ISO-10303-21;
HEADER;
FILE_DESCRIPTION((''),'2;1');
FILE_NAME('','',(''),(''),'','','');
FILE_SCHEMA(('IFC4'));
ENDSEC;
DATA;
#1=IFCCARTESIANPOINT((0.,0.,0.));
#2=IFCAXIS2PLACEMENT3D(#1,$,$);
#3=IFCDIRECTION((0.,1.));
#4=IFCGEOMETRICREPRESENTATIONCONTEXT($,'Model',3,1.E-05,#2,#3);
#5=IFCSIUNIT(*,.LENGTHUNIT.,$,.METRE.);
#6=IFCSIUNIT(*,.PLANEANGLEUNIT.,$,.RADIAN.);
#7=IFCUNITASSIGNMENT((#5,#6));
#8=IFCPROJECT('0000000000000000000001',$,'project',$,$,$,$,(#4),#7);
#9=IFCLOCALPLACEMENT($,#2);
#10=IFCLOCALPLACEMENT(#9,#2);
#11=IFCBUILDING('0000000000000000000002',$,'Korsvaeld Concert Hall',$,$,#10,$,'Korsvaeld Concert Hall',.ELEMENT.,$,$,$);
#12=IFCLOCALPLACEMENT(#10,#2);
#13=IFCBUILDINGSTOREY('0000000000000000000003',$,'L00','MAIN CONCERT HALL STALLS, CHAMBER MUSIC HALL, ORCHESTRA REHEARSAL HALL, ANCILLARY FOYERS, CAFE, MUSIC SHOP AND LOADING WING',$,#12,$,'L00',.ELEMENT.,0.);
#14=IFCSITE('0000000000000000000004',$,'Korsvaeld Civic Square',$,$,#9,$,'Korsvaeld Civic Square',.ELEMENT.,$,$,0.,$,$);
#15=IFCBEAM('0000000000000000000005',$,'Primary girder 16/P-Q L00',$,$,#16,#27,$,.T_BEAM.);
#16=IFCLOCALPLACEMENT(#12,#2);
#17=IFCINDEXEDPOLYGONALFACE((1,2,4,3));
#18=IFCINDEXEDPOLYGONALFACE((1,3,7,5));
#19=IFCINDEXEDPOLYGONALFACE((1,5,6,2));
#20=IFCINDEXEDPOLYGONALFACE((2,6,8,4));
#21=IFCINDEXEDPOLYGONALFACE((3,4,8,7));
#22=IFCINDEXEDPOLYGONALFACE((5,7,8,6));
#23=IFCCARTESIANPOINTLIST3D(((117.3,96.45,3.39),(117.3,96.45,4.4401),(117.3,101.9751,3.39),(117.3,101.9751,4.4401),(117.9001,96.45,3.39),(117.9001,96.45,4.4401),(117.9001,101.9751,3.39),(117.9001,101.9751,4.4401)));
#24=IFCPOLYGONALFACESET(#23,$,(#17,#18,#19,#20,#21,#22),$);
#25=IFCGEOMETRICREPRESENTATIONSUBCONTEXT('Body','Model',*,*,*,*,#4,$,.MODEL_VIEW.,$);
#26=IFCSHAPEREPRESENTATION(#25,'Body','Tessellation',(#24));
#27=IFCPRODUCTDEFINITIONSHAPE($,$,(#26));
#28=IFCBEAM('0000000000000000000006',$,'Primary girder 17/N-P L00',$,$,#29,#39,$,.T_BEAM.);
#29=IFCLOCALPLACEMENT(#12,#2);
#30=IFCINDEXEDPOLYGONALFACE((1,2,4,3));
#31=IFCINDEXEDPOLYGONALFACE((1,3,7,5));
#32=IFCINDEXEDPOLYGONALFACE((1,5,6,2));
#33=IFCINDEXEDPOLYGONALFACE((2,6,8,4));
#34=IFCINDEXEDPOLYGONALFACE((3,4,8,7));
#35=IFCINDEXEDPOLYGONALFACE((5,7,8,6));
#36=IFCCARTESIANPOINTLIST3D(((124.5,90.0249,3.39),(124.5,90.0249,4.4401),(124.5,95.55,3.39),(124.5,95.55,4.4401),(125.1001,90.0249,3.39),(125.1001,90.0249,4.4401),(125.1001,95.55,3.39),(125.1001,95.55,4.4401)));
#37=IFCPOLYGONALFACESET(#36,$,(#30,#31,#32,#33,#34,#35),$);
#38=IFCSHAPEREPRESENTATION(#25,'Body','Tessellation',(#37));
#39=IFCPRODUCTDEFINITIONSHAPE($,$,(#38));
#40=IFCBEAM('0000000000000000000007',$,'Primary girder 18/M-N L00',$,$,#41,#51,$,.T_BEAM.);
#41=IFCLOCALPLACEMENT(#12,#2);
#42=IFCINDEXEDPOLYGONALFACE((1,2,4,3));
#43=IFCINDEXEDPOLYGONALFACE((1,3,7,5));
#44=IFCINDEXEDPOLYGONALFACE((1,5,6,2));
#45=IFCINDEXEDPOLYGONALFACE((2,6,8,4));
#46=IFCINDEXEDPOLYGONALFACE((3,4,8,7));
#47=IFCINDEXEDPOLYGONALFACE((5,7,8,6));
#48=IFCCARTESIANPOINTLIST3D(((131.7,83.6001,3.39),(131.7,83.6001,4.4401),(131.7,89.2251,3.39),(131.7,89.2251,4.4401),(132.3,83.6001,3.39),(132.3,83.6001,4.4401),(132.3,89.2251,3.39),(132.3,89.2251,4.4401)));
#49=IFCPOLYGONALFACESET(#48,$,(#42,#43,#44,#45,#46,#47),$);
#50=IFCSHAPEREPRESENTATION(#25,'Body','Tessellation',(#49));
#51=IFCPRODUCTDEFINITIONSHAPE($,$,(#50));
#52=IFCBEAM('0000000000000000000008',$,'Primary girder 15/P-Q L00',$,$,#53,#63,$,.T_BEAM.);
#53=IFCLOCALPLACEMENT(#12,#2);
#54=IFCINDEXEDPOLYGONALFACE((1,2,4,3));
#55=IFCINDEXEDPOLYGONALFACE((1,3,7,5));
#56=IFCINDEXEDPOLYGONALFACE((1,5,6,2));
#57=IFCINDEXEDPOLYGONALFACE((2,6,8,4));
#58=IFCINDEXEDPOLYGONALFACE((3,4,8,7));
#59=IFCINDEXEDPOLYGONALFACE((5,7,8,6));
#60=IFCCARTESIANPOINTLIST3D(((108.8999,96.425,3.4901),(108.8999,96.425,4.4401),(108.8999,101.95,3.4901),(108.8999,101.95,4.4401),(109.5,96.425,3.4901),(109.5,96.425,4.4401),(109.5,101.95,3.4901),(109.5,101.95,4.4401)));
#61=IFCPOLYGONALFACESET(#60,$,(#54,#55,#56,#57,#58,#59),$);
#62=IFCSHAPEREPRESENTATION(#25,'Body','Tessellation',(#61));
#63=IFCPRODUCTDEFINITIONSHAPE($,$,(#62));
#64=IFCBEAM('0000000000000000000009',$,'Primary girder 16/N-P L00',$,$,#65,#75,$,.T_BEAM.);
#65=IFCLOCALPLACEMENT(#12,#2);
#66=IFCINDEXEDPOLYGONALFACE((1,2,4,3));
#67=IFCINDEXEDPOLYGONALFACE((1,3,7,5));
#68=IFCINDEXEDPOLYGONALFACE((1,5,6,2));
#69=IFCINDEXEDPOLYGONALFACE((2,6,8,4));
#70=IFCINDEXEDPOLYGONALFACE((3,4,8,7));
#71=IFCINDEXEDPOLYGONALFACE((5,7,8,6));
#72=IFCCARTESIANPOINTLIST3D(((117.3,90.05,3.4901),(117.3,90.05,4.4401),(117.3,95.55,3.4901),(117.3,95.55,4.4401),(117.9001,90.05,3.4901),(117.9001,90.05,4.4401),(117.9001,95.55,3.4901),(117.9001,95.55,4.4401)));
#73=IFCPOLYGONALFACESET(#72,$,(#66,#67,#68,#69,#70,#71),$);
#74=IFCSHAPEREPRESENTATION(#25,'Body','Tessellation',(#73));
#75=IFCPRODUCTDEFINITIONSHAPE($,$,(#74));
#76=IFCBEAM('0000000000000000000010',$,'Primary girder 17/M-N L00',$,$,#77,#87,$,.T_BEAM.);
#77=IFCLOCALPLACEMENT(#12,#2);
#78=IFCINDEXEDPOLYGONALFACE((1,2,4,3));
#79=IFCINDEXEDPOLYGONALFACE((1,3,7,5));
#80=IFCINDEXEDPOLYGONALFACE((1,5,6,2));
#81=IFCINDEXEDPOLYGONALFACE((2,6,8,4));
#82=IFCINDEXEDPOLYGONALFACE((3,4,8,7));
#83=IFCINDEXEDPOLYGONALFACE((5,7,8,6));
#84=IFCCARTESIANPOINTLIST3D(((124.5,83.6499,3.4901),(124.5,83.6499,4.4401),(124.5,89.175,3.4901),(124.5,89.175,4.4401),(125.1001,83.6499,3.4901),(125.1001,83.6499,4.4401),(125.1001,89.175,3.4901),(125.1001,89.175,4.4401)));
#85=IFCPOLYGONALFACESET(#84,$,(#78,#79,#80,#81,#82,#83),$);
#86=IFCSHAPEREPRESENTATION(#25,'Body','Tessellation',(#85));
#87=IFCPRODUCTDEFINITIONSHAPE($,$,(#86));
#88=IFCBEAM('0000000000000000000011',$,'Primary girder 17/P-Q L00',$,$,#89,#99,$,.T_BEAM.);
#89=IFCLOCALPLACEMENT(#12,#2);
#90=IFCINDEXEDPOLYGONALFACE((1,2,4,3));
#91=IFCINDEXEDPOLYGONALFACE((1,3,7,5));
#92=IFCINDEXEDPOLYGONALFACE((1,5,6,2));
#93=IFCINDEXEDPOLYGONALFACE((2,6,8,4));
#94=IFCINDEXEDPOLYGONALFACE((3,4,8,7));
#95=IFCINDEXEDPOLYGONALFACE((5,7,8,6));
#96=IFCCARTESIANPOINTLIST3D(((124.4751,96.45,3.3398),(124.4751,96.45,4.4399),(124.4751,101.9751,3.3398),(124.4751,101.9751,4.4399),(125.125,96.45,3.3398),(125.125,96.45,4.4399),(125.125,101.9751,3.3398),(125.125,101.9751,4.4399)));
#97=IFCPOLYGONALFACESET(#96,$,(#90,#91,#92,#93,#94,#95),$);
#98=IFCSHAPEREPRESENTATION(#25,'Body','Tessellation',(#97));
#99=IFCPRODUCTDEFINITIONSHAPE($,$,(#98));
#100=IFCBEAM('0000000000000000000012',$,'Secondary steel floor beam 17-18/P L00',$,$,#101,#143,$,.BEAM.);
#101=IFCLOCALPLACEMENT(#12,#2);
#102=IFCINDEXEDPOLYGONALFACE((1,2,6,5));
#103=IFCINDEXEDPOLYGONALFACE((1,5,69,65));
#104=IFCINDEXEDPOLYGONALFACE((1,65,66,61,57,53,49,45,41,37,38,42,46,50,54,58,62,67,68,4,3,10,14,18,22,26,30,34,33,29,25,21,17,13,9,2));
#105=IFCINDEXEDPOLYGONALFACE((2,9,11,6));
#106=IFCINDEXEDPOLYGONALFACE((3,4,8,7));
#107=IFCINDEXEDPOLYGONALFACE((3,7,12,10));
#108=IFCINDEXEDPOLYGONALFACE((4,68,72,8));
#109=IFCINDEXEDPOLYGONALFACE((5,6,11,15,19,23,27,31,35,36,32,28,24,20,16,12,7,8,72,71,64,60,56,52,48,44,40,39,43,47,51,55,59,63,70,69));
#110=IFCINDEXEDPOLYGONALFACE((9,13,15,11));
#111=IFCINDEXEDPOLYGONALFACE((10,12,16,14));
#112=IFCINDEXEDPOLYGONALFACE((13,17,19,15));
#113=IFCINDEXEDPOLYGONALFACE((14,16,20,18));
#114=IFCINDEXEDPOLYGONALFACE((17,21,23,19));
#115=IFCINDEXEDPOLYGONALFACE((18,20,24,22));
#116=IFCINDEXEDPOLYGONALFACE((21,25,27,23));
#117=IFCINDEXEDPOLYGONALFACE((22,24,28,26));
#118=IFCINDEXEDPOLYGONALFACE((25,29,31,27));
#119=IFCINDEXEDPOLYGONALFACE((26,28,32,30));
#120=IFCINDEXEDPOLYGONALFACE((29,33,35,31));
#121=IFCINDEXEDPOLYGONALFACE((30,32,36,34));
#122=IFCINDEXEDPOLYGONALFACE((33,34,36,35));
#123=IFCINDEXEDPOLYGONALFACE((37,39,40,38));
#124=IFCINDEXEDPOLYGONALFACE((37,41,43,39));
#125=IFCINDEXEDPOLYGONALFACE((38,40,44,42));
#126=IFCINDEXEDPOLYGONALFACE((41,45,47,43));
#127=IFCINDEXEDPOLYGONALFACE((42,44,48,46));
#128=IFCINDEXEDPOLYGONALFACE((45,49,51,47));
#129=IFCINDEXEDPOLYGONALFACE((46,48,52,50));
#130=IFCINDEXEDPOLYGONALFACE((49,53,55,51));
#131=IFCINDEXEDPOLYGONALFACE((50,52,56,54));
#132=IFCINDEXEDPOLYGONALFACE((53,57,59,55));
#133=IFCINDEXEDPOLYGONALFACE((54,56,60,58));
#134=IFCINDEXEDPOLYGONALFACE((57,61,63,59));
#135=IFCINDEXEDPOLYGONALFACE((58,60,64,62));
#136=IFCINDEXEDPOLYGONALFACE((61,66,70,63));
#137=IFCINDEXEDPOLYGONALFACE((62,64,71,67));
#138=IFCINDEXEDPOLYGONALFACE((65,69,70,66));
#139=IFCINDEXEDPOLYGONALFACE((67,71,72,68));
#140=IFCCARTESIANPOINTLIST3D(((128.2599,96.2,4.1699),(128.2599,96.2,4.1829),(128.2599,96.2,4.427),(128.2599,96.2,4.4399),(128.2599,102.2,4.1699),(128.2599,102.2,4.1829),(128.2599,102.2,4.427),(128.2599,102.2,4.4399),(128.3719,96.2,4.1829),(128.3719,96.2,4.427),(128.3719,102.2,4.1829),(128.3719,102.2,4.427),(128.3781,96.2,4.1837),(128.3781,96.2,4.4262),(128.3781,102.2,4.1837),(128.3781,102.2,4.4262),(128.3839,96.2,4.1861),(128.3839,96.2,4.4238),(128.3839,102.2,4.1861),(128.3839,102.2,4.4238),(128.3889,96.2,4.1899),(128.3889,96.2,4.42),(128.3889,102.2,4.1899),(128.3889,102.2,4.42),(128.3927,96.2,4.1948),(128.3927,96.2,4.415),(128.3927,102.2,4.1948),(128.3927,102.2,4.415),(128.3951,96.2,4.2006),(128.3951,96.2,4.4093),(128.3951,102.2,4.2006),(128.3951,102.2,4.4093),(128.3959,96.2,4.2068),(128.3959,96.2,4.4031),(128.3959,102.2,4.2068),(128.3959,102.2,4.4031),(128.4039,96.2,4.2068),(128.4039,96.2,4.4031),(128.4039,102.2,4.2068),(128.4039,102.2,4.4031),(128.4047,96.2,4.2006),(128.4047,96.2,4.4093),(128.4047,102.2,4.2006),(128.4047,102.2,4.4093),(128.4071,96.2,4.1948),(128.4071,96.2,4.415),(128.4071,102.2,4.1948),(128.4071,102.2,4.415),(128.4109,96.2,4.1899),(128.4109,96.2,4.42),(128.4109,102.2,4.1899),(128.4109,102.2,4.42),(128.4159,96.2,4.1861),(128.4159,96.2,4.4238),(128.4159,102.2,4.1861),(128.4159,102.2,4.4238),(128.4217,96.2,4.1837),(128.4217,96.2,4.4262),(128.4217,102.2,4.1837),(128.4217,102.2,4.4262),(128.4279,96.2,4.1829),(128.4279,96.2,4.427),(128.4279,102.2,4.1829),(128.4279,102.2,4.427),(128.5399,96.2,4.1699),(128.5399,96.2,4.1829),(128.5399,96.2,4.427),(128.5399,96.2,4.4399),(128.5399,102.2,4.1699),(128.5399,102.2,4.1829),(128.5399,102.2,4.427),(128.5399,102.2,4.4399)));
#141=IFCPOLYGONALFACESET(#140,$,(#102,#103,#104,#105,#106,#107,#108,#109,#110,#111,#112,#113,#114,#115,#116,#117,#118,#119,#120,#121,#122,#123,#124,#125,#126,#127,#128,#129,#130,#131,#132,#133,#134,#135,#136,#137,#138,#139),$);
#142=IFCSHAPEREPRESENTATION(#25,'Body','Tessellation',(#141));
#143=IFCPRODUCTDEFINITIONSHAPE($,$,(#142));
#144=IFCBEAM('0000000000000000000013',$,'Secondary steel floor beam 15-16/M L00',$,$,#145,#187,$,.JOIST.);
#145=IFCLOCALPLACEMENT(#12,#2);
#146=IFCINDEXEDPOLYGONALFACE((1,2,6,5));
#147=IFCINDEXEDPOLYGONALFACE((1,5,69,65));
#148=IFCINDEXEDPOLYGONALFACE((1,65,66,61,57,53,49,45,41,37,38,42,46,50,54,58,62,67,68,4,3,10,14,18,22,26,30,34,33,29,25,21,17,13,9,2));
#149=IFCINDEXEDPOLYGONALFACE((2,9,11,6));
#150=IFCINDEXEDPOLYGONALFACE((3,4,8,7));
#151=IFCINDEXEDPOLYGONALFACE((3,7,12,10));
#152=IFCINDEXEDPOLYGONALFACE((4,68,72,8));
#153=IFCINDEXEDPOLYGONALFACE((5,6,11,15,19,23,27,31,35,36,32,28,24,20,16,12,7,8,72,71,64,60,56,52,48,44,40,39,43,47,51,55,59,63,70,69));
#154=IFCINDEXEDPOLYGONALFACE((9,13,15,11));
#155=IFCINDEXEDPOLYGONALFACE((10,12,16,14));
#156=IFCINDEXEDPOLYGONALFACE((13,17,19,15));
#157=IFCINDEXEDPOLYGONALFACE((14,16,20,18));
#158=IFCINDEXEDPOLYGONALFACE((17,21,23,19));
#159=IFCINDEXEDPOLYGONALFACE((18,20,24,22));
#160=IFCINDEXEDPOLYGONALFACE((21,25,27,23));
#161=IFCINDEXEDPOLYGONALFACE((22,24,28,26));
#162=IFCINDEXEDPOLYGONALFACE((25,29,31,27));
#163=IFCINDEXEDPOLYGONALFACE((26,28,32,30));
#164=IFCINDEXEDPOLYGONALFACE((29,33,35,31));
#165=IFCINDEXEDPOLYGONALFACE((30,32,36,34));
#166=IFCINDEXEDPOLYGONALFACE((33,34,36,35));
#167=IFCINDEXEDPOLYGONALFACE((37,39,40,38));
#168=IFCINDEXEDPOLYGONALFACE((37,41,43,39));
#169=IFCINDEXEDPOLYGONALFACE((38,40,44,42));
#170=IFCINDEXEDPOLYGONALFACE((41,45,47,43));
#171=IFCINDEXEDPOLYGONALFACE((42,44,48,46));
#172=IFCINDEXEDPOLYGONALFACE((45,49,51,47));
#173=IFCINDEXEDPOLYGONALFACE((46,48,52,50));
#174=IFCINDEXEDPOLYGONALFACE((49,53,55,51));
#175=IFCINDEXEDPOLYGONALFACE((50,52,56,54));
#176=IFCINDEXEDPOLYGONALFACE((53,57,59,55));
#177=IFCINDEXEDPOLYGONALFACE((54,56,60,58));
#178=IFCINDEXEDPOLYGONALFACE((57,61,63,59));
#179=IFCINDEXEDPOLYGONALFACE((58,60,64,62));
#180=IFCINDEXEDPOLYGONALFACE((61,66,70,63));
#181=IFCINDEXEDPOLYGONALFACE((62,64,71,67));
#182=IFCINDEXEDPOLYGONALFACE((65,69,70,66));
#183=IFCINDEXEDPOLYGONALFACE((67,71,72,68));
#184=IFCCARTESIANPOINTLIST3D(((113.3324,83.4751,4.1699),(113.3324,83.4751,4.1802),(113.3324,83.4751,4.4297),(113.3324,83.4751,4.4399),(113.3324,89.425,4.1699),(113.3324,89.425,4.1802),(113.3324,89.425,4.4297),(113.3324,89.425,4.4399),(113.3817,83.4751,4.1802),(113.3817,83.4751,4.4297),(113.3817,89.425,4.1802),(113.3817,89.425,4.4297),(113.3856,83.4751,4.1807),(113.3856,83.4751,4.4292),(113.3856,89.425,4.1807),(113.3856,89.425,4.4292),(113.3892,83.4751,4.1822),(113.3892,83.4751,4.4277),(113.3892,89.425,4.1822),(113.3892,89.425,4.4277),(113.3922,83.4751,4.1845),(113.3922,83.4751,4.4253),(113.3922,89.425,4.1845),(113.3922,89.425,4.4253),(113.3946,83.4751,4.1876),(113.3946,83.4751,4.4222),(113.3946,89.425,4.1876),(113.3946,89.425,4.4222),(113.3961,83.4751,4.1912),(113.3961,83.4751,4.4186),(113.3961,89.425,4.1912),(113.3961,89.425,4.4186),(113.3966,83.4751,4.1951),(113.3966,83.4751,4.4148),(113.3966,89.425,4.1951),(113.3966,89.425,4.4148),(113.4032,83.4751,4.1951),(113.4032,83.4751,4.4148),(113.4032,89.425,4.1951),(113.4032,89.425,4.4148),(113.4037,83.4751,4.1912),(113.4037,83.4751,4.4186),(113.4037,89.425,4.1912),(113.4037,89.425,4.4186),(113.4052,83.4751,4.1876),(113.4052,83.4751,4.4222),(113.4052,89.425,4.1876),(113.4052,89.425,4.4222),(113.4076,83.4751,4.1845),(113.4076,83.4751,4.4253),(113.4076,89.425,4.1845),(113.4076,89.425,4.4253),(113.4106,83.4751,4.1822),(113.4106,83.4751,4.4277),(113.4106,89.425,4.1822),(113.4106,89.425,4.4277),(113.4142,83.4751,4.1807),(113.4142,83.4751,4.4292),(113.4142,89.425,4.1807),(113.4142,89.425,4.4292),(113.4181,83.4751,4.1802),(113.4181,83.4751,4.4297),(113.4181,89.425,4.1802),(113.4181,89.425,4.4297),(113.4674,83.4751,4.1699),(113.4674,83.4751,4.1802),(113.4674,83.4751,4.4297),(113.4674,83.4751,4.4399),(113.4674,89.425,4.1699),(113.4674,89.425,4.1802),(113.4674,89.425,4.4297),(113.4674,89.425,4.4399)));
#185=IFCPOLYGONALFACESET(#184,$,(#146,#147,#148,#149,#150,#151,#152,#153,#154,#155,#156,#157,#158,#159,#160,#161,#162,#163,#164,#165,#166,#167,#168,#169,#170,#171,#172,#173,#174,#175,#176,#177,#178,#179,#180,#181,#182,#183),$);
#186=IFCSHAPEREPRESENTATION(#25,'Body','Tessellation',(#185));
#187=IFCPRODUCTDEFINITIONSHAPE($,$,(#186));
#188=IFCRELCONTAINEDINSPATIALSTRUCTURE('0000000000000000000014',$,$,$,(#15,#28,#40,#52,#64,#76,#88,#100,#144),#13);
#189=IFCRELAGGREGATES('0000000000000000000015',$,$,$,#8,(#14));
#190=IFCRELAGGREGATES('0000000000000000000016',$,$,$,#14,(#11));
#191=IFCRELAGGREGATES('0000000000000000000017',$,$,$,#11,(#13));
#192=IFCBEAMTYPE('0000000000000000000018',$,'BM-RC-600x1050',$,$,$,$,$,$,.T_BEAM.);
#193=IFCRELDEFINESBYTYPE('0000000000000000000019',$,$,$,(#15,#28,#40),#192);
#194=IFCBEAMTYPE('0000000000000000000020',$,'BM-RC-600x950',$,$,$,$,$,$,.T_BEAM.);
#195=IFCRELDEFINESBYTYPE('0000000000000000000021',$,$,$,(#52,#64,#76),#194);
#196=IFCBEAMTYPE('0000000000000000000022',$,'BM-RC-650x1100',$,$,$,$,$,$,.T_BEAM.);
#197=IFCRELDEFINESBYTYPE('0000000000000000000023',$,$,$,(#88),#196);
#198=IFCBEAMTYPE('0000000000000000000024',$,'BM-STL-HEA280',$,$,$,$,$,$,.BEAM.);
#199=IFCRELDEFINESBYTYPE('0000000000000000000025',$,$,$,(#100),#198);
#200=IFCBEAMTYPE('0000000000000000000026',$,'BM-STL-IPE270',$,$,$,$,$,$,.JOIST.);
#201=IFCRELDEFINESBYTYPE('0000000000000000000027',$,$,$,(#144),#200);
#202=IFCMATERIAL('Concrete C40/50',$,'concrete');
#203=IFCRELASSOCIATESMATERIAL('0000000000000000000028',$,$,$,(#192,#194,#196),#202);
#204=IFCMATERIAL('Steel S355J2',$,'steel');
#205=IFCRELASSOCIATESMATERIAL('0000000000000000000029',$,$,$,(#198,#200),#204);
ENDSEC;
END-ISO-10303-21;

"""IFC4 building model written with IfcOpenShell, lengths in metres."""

from ifc_helpers import new_model, si_unit, direction, frame, origin, origin_2d, place, context, subcontext, project, spatial, rectangle, i_section, extrude, material, material_profile, profile_set, type_object, element, save


model = new_model("IFC4")

# Units and contexts
model_context = context("Model", 3, precision=1e-05, world=origin(), true_north=direction((0.0, 1.0)))
body_context = subcontext(model_context, "Body", "Model", "MODEL_VIEW")
ifc_project = project(units=[si_unit("LENGTHUNIT", "METRE"), si_unit("PLANEANGLEUNIT", "RADIAN")], contexts=[model_context])

# Site, building, storey
site_placement = place(None, origin())
site = spatial("IfcSite", under=ifc_project, at=site_placement, Name="Korsvaeld Civic Square", LongName="Korsvaeld Civic Square", CompositionType="ELEMENT", RefElevation=0.0)
building_placement = place(site_placement, origin())
building = spatial("IfcBuilding", under=site, at=building_placement, Name="Korsvaeld Concert Hall", LongName="Korsvaeld Concert Hall", CompositionType="ELEMENT")
storey_placement = place(building_placement, origin())
storey = spatial("IfcBuildingStorey", under=building, at=storey_placement, Name="L00", Description="MAIN CONCERT HALL STALLS, CHAMBER MUSIC HALL, ORCHESTRA REHEARSAL HALL, ANCILLARY FOYERS, CAFE, MUSIC SHOP AND LOADING WING", LongName="L00", CompositionType="ELEMENT", Elevation=0.0)

# Shared definitions
ifc_material_1 = material(Name="Concrete C40/50", Category="concrete")

# Beams
ifc_material_profile_1 = material_profile(ifc_material_1, rectangle(XDim=0.6001, YDim=1.05, at=origin_2d()), Name="RC 600x1050")
ifc_profile_set_1 = profile_set([ifc_material_profile_1], Name="Concrete C40/50")
beam_type_1 = type_object("IfcBeamType", Name="BM-RC-600x1050", PredefinedType="T_BEAM", material=ifc_profile_set_1)
for number, where, z_axis, x_axis, name in (
    (1, (117.6001, 96.45, 3.915), (0.0, 1.0, 0.0), (-1.0, 0.0, 0.0), "Primary girder 16/P-Q L00"),
    (2, (124.8, 90.0249, 3.915), (0.0, 1.0, 0.0), (-1.0, 0.0, 0.0), "Primary girder 17/N-P L00"),
):
    element("IfcBeam", number, at=place(storey_placement, frame(where, z_axis=z_axis, x_axis=x_axis)), inside=storey, type_object=beam_type_1, Name=name, PredefinedType="T_BEAM", context=body_context, shape_type="SweptSolid", body=[
        extrude(rectangle(XDim=0.6001, YDim=1.05, at=origin_2d()), origin(), (0.0, 0.0, 1.0), 5.5251),
    ])
beam_1_placement = place(storey_placement, frame((132.0, 83.6001, 3.915), z_axis=(0.0, 1.0, 0.0), x_axis=(-1.0, 0.0, 0.0)))
element("IfcBeam", 3, at=beam_1_placement, inside=storey, type_object=beam_type_1, Name="Primary girder 18/M-N L00", PredefinedType="T_BEAM", context=body_context, shape_type="SweptSolid", body=[
    extrude(rectangle(XDim=0.6001, YDim=1.05, at=origin_2d()), origin(), (0.0, 0.0, 1.0), 5.625),
])
ifc_material_profile_2 = material_profile(ifc_material_1, rectangle(XDim=0.6001, YDim=0.95, at=origin_2d()), Name="RC 600x950")
ifc_profile_set_2 = profile_set([ifc_material_profile_2], Name="Concrete C40/50")
beam_type_2 = type_object("IfcBeamType", Name="BM-RC-600x950", PredefinedType="T_BEAM", material=ifc_profile_set_2)
beam_2_placement = place(storey_placement, frame((109.2, 96.425, 3.9651), z_axis=(0.0, 1.0, 0.0), x_axis=(-1.0, 0.0, 0.0)))
element("IfcBeam", 4, at=beam_2_placement, inside=storey, type_object=beam_type_2, Name="Primary girder 15/P-Q L00", PredefinedType="T_BEAM", context=body_context, shape_type="SweptSolid", body=[
    extrude(rectangle(XDim=0.6001, YDim=0.95, at=origin_2d()), origin(), (0.0, 0.0, 1.0), 5.5249),
])
beam_3_placement = place(storey_placement, frame((117.6001, 90.05, 3.9651), z_axis=(0.0, 1.0, 0.0), x_axis=(-1.0, 0.0, 0.0)))
element("IfcBeam", 5, at=beam_3_placement, inside=storey, type_object=beam_type_2, Name="Primary girder 16/N-P L00", PredefinedType="T_BEAM", context=body_context, shape_type="SweptSolid", body=[
    extrude(rectangle(XDim=0.6001, YDim=0.95, at=origin_2d()), origin(), (0.0, 0.0, 1.0), 5.5),
])
beam_4_placement = place(storey_placement, frame((124.8, 83.6499, 3.9651), z_axis=(0.0, 1.0, 0.0), x_axis=(-1.0, 0.0, 0.0)))
element("IfcBeam", 6, at=beam_4_placement, inside=storey, type_object=beam_type_2, Name="Primary girder 17/M-N L00", PredefinedType="T_BEAM", context=body_context, shape_type="SweptSolid", body=[
    extrude(rectangle(XDim=0.6001, YDim=0.95, at=origin_2d()), origin(), (0.0, 0.0, 1.0), 5.5251),
])
ifc_material_profile_3 = material_profile(ifc_material_1, rectangle(XDim=0.6499, YDim=1.1001, at=origin_2d()), Name="RC 650x1100")
ifc_profile_set_3 = profile_set([ifc_material_profile_3], Name="Concrete C40/50")
beam_type_3 = type_object("IfcBeamType", Name="BM-RC-650x1100", PredefinedType="T_BEAM", material=ifc_profile_set_3)
beam_5_placement = place(storey_placement, frame((124.8, 96.45, 3.8899), z_axis=(0.0, 1.0, 0.0), x_axis=(-1.0, 0.0, 0.0)))
element("IfcBeam", 7, at=beam_5_placement, inside=storey, type_object=beam_type_3, Name="Primary girder 17/P-Q L00", PredefinedType="T_BEAM", context=body_context, shape_type="SweptSolid", body=[
    extrude(rectangle(XDim=0.6499, YDim=1.1001, at=origin_2d()), origin(), (0.0, 0.0, 1.0), 5.5251),
])
ifc_material_2 = material(Name="Steel S355J2", Category="steel")
ifc_material_profile_4 = material_profile(ifc_material_2, i_section(OverallWidth=0.28, OverallDepth=0.27, WebThickness=0.0081, FlangeThickness=0.0129, FilletRadius=0.0239, at=origin_2d()), Name="HEA 280")
ifc_profile_set_4 = profile_set([ifc_material_profile_4], Name="Steel S355J2")
beam_type_4 = type_object("IfcBeamType", Name="BM-STL-HEA280", PredefinedType="BEAM", material=ifc_profile_set_4)
beam_6_placement = place(storey_placement, frame((128.3999, 96.2, 4.3049), z_axis=(0.0, 1.0, 0.0), x_axis=(-1.0, 0.0, 0.0)))
element("IfcBeam", 8, at=beam_6_placement, inside=storey, type_object=beam_type_4, Name="Secondary steel floor beam 17-18/P L00", PredefinedType="BEAM", context=body_context, shape_type="SweptSolid", body=[
    extrude(i_section(OverallWidth=0.28, OverallDepth=0.27, WebThickness=0.0081, FlangeThickness=0.0129, FilletRadius=0.0239, at=origin_2d()), origin(), (0.0, 0.0, 1.0), 6.0),
])
ifc_material_profile_5 = material_profile(ifc_material_2, i_section(OverallWidth=0.135, OverallDepth=0.27, WebThickness=0.0066, FlangeThickness=0.0103, FilletRadius=0.0149, at=origin_2d()), Name="IPE 270")
ifc_profile_set_5 = profile_set([ifc_material_profile_5], Name="Steel S355J2")
beam_type_5 = type_object("IfcBeamType", Name="BM-STL-IPE270", PredefinedType="JOIST", material=ifc_profile_set_5)
beam_7_placement = place(storey_placement, frame((113.3999, 83.4751, 4.3049), z_axis=(0.0, 1.0, 0.0), x_axis=(-1.0, 0.0, 0.0)))
element("IfcBeam", 9, at=beam_7_placement, inside=storey, type_object=beam_type_5, Name="Secondary steel floor beam 15-16/M L00", PredefinedType="JOIST", context=body_context, shape_type="SweptSolid", body=[
    extrude(i_section(OverallWidth=0.135, OverallDepth=0.27, WebThickness=0.0066, FlangeThickness=0.0103, FilletRadius=0.0149, at=origin_2d()), origin(), (0.0, 0.0, 1.0), 5.95),
])

save(model, "model.ifc")
